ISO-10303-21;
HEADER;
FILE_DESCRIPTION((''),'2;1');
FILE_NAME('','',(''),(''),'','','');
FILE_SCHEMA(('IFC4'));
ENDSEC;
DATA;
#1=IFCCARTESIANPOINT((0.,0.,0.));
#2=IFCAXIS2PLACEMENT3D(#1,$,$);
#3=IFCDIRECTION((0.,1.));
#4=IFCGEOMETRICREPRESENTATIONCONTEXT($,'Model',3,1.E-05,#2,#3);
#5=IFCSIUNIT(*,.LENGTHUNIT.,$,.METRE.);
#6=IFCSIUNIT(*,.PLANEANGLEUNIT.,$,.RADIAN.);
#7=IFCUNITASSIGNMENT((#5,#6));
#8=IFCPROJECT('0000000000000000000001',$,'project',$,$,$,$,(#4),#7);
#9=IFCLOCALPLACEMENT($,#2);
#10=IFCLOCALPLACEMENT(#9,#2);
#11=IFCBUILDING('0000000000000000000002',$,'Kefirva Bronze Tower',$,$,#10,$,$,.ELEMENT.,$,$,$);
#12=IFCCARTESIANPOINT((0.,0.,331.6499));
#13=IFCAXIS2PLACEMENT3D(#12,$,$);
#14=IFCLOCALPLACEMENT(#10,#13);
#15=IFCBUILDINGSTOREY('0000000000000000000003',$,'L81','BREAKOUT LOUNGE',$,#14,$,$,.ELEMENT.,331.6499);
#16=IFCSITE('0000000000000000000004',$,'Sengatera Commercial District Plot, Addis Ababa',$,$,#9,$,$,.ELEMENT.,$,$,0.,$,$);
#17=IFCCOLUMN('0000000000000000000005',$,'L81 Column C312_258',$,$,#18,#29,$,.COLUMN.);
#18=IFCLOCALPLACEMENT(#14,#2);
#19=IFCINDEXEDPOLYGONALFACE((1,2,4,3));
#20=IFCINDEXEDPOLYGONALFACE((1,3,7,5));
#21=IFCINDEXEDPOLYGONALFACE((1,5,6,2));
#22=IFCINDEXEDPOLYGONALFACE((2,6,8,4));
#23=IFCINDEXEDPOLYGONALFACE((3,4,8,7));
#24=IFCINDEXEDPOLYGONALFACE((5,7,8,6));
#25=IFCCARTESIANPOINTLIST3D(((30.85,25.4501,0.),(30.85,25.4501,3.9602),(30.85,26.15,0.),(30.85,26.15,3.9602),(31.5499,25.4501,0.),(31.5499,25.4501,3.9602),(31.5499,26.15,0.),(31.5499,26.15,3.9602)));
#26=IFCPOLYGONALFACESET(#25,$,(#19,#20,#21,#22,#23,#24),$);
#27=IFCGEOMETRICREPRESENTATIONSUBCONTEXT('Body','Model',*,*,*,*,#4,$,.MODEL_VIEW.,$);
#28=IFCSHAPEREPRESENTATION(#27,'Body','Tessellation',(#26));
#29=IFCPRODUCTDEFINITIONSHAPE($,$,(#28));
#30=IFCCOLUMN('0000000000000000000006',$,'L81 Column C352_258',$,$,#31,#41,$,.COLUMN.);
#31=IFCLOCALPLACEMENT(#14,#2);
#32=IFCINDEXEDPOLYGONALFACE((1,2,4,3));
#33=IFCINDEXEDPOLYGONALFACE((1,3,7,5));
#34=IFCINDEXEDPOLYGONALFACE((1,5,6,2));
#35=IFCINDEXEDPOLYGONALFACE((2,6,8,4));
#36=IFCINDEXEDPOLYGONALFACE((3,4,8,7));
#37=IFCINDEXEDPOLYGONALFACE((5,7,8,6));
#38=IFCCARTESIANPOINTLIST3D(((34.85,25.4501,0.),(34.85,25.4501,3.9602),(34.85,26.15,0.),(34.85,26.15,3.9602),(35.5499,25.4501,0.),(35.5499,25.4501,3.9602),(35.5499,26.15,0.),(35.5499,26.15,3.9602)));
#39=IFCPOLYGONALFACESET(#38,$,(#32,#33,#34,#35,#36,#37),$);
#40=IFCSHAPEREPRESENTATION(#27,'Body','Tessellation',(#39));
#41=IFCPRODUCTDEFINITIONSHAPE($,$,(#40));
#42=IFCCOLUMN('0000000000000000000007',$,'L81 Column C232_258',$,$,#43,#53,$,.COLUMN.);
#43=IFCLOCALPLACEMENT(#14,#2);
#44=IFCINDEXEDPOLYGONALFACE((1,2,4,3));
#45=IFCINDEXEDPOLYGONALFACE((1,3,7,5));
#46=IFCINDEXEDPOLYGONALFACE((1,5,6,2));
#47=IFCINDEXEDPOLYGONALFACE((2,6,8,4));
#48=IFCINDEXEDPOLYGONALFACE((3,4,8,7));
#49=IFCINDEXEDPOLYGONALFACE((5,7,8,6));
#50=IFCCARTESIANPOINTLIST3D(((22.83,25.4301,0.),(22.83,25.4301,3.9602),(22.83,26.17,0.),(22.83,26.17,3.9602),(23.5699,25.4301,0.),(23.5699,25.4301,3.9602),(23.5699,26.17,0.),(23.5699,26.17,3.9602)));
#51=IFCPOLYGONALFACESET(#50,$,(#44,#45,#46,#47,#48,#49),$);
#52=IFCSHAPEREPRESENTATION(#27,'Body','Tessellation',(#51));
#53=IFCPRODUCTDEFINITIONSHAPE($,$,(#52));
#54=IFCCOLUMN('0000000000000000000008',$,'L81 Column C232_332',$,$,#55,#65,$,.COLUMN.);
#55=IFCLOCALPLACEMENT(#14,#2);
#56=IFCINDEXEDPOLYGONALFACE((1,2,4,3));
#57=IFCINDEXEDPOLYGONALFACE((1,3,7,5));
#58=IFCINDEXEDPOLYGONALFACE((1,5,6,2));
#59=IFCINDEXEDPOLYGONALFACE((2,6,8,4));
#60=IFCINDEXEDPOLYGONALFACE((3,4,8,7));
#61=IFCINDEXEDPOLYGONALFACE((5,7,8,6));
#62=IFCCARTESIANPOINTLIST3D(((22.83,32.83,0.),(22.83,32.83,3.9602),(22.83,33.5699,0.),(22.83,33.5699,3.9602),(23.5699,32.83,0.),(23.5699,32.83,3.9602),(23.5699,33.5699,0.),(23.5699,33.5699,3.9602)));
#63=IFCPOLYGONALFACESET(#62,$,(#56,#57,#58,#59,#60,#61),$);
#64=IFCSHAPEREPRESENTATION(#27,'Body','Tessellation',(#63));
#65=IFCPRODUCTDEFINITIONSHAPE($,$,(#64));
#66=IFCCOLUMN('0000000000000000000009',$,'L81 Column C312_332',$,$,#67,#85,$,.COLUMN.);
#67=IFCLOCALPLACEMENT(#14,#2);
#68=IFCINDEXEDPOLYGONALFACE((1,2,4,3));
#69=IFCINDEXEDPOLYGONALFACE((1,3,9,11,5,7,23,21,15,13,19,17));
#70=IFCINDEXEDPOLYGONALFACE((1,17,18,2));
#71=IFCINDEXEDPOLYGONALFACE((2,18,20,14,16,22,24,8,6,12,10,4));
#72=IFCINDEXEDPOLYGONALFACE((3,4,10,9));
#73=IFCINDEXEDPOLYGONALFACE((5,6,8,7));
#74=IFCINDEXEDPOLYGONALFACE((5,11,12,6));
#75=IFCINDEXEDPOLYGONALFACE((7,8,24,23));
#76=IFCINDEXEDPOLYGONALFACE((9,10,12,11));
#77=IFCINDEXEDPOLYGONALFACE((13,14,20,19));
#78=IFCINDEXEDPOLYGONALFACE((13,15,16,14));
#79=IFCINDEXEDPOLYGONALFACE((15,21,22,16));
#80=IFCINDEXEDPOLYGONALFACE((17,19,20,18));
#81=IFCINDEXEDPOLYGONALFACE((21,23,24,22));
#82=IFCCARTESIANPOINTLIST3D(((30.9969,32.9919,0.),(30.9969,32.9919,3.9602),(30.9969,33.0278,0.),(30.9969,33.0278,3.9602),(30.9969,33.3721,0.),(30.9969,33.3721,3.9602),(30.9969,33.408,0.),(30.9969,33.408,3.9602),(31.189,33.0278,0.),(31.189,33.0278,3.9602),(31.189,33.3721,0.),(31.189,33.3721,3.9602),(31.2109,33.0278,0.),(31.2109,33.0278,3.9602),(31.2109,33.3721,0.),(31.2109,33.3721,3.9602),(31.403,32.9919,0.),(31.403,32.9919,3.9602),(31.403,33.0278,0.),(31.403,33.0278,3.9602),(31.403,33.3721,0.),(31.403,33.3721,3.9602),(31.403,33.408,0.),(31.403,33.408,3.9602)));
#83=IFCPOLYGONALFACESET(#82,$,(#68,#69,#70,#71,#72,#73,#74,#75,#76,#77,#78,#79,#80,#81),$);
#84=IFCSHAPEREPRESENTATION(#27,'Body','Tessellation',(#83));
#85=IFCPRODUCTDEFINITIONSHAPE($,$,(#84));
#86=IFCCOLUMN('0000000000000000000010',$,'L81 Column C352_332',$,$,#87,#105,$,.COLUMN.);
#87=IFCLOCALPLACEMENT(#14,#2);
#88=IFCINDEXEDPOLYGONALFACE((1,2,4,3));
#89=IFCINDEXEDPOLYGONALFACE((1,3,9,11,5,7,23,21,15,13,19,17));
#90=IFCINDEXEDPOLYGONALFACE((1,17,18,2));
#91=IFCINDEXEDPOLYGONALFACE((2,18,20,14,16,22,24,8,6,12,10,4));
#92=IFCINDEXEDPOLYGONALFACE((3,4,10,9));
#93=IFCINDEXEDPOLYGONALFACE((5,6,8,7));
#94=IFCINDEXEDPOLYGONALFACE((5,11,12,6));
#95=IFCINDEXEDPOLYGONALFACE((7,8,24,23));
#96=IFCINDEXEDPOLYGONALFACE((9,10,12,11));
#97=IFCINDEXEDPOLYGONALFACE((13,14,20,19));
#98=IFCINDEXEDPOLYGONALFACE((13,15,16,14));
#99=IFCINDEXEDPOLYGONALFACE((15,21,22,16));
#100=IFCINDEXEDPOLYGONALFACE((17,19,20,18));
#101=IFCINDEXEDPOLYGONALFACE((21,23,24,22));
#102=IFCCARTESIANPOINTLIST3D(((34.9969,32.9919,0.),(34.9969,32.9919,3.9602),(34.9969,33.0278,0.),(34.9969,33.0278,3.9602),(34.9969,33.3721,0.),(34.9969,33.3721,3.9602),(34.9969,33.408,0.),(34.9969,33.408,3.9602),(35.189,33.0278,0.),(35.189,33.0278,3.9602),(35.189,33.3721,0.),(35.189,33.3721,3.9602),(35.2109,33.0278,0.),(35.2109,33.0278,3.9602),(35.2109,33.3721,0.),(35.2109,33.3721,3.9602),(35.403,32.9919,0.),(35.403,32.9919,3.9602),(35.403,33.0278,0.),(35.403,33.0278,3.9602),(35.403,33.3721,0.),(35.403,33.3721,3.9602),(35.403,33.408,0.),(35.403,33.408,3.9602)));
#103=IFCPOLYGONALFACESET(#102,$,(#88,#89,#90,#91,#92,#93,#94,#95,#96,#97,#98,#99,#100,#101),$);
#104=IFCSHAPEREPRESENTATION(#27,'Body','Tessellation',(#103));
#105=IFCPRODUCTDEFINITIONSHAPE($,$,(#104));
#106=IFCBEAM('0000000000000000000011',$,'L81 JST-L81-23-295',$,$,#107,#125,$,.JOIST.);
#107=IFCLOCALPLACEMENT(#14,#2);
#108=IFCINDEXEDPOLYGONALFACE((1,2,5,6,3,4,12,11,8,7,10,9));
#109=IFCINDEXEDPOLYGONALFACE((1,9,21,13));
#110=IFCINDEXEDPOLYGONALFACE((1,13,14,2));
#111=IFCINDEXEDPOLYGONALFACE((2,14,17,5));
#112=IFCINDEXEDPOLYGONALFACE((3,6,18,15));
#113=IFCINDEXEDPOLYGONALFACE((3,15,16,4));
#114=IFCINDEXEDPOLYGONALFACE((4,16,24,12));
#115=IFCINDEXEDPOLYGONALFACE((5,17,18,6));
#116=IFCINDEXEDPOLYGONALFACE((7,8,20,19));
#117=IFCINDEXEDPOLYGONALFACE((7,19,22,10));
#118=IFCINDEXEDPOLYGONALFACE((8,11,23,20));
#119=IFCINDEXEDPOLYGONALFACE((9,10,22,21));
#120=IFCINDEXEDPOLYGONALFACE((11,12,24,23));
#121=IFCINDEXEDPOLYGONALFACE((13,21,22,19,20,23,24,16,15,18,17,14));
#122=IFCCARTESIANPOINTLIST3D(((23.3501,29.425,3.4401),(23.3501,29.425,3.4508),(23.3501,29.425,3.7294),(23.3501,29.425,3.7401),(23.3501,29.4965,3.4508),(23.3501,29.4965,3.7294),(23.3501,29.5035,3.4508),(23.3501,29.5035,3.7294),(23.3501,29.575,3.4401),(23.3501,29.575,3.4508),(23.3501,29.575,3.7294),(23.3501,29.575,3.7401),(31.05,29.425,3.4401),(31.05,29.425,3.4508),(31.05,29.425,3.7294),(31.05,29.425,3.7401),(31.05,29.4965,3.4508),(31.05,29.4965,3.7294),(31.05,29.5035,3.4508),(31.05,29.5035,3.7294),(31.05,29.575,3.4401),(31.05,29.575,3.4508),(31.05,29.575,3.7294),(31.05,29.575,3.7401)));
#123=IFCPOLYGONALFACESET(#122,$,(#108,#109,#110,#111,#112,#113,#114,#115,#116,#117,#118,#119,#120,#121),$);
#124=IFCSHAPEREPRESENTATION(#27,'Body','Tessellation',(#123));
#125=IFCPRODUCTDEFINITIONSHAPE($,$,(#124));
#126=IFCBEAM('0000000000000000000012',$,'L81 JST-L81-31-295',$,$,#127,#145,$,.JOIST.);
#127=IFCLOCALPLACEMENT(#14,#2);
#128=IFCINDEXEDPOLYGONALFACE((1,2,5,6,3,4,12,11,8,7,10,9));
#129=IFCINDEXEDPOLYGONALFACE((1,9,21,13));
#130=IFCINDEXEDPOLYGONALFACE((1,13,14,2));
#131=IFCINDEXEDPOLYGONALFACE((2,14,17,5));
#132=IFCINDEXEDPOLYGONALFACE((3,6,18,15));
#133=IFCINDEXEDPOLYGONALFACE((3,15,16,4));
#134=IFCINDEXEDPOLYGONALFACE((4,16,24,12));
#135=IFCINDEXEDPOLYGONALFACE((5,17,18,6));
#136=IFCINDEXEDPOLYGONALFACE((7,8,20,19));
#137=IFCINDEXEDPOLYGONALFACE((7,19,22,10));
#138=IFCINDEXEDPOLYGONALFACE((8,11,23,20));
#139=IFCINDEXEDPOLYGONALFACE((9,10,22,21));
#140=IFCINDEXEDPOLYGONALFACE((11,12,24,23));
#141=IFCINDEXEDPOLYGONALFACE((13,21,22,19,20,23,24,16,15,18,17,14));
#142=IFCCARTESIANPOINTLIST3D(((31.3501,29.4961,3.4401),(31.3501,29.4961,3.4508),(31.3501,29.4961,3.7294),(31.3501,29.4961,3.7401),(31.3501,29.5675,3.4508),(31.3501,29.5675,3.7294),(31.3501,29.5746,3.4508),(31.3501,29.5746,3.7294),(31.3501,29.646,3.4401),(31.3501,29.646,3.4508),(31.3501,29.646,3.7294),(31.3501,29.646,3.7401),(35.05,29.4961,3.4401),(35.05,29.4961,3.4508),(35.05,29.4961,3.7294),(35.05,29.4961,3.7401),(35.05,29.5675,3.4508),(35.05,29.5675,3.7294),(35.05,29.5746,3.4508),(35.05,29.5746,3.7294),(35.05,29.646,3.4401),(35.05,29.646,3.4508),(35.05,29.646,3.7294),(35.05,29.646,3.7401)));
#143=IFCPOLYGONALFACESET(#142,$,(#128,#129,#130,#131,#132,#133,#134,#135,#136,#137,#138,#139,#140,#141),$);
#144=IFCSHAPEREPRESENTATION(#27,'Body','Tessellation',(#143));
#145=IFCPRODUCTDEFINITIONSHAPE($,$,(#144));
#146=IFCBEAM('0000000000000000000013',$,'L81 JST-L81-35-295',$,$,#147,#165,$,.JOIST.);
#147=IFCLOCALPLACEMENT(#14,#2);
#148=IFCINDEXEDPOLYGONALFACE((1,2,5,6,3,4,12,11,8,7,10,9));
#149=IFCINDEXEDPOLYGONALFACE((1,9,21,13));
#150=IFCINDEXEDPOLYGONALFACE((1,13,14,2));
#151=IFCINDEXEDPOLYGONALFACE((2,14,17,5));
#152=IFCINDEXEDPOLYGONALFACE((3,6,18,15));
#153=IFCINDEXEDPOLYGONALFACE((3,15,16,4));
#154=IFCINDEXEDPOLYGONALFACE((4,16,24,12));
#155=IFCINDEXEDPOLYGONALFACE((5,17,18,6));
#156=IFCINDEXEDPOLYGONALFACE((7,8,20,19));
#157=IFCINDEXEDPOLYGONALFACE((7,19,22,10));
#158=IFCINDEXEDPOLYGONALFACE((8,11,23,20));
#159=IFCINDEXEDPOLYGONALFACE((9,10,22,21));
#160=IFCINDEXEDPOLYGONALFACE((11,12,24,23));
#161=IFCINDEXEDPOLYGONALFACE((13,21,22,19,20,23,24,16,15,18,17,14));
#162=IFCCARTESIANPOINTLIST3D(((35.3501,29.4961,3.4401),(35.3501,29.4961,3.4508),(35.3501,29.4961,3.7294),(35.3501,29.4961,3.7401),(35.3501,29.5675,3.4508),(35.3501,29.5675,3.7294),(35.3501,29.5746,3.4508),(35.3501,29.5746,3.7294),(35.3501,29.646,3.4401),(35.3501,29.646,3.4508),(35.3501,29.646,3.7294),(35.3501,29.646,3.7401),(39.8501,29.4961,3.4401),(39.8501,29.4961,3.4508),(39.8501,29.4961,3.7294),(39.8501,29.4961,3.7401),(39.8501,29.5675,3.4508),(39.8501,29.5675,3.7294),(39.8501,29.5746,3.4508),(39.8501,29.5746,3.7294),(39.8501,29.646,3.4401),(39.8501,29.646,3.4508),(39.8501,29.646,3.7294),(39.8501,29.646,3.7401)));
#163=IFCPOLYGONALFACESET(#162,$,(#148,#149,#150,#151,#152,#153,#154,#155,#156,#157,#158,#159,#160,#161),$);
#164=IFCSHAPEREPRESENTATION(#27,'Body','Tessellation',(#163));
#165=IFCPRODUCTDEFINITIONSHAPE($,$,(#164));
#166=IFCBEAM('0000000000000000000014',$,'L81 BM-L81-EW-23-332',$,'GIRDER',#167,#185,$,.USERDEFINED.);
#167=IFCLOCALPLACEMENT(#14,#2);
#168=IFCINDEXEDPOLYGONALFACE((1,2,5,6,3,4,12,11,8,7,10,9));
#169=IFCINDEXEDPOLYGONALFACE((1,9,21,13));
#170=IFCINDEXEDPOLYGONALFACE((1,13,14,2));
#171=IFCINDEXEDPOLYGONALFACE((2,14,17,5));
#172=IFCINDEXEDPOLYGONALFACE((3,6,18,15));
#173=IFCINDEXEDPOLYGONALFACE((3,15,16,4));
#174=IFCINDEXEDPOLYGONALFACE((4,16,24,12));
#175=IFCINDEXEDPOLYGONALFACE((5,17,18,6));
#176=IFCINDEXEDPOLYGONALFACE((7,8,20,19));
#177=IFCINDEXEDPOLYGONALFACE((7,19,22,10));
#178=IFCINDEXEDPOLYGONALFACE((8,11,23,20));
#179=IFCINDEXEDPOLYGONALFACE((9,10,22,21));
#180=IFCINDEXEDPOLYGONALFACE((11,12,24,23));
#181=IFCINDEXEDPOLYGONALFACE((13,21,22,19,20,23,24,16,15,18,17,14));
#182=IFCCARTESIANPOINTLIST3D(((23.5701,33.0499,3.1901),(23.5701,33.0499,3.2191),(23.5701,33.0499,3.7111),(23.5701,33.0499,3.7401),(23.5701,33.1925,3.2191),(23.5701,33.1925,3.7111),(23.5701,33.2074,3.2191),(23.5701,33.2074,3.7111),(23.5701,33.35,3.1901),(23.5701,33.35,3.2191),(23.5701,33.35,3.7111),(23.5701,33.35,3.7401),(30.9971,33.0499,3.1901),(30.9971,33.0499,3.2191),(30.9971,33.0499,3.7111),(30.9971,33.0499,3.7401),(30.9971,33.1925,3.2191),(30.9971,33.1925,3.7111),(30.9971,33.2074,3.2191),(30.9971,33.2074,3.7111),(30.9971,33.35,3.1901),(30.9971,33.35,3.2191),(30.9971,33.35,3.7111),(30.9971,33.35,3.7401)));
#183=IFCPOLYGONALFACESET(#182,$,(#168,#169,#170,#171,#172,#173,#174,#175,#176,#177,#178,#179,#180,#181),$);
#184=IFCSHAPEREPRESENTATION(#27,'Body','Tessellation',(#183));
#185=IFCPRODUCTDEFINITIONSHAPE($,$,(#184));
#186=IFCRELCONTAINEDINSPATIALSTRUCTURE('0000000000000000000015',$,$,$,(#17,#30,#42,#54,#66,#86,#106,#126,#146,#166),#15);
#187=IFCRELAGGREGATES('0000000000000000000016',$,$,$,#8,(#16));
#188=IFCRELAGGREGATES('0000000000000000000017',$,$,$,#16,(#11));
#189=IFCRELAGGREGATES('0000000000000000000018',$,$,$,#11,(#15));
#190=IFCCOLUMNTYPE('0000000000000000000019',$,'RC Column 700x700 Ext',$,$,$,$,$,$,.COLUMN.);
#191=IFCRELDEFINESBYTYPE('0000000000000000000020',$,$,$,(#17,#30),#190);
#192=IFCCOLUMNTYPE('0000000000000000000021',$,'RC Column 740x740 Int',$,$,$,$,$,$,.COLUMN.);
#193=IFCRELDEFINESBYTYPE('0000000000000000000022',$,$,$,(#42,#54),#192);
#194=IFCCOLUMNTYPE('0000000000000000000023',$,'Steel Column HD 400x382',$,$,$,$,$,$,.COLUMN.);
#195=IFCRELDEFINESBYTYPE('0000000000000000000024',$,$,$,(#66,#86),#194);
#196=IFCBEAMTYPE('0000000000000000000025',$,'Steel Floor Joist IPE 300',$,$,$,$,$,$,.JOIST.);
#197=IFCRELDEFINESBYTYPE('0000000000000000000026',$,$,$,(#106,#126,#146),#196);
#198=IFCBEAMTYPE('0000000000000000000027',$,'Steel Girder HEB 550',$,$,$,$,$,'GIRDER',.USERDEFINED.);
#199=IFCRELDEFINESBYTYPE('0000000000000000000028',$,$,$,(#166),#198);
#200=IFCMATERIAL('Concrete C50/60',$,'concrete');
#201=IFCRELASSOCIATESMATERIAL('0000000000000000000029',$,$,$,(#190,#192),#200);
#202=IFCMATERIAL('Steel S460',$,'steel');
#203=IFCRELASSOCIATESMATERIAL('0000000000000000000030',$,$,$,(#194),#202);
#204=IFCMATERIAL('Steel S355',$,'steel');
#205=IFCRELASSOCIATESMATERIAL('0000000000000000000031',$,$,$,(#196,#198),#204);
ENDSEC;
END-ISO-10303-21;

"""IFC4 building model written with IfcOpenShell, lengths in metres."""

from ifc_helpers import new_model, si_unit, direction, frame, origin, origin_2d, place, context, subcontext, project, spatial, rectangle, i_section, extrude, material, material_profile, profile_set, type_object, element, save


model = new_model("IFC4")

# Units and contexts
model_context = context("Model", 3, precision=1e-05, world=origin(), true_north=direction((0.0, 1.0)))
body_context = subcontext(model_context, "Body", "Model", "MODEL_VIEW")
ifc_project = project(units=[si_unit("LENGTHUNIT", "METRE"), si_unit("PLANEANGLEUNIT", "RADIAN")], contexts=[model_context])

# Site, building, storey
site_placement = place(None, origin())
site = spatial("IfcSite", under=ifc_project, at=site_placement, Name="Sengatera Commercial District Plot, Addis Ababa", CompositionType="ELEMENT", RefElevation=0.0)
building_placement = place(site_placement, origin())
building = spatial("IfcBuilding", under=site, at=building_placement, Name="Kefirva Bronze Tower", CompositionType="ELEMENT")
storey_placement = place(building_placement, frame((0.0, 0.0, 331.6499)))
storey = spatial("IfcBuildingStorey", under=building, at=storey_placement, Name="L81", Description="BREAKOUT LOUNGE", CompositionType="ELEMENT", Elevation=331.6499)

# Columns
ifc_material_1 = material(Name="Concrete C50/60", Category="concrete")
ifc_material_profile_1 = material_profile(ifc_material_1, rectangle(XDim=0.7, YDim=0.7, at=origin_2d()), Name="RC 700x700")
ifc_profile_set_1 = profile_set([ifc_material_profile_1], Name="Concrete C50/60")
column_type_1 = type_object("IfcColumnType", Name="RC Column 700x700 Ext", PredefinedType="COLUMN", material=ifc_profile_set_1)
for number, where, z_axis, x_axis, name in (
    (1, (31.2, 25.8, 0.0), (0.0, 0.0, 1.0), (1.0, 0.0, 0.0), "L81 Column C312_258"),
    (2, (35.2, 25.8, 0.0), (0.0, 0.0, 1.0), (1.0, 0.0, 0.0), "L81 Column C352_258"),
):
    element("IfcColumn", number, at=place(storey_placement, frame(where, z_axis=z_axis, x_axis=x_axis)), inside=storey, type_object=column_type_1, Name=name, PredefinedType="COLUMN", context=body_context, shape_type="SweptSolid", body=[
        extrude(rectangle(XDim=0.7, YDim=0.7, at=origin_2d()), origin(), (0.0, 0.0, 1.0), 3.9602),
    ])
ifc_material_profile_2 = material_profile(ifc_material_1, rectangle(XDim=0.74, YDim=0.74, at=origin_2d()), Name="RC 740x740")
ifc_profile_set_2 = profile_set([ifc_material_profile_2], Name="Concrete C50/60")
column_type_2 = type_object("IfcColumnType", Name="RC Column 740x740 Int", PredefinedType="COLUMN", material=ifc_profile_set_2)
for number, where, z_axis, x_axis, name in (
    (3, (23.2, 25.8, 0.0), (0.0, 0.0, 1.0), (1.0, 0.0, 0.0), "L81 Column C232_258"),
    (4, (23.2, 33.2, 0.0), (0.0, 0.0, 1.0), (1.0, 0.0, 0.0), "L81 Column C232_332"),
):
    element("IfcColumn", number, at=place(storey_placement, frame(where, z_axis=z_axis, x_axis=x_axis)), inside=storey, type_object=column_type_2, Name=name, PredefinedType="COLUMN", context=body_context, shape_type="SweptSolid", body=[
        extrude(rectangle(XDim=0.74, YDim=0.74, at=origin_2d()), origin(), (0.0, 0.0, 1.0), 3.9602),
    ])
ifc_material_2 = material(Name="Steel S460", Category="steel")
ifc_material_profile_3 = material_profile(ifc_material_2, i_section(OverallWidth=0.406, OverallDepth=0.416, WebThickness=0.022, FlangeThickness=0.0359, at=origin_2d()), Name="HD 400x382")
ifc_profile_set_3 = profile_set([ifc_material_profile_3], Name="Steel S460")
column_type_3 = type_object("IfcColumnType", Name="Steel Column HD 400x382", PredefinedType="COLUMN", material=ifc_profile_set_3)
for number, where, z_axis, x_axis, name in (
    (5, (31.2, 33.2, 0.0), (0.0, 0.0, 1.0), (1.0, 0.0, 0.0), "L81 Column C312_332"),
    (6, (35.2, 33.2, 0.0), (0.0, 0.0, 1.0), (1.0, 0.0, 0.0), "L81 Column C352_332"),
):
    element("IfcColumn", number, at=place(storey_placement, frame(where, z_axis=z_axis, x_axis=x_axis)), inside=storey, type_object=column_type_3, Name=name, PredefinedType="COLUMN", context=body_context, shape_type="SweptSolid", body=[
        extrude(i_section(OverallWidth=0.406, OverallDepth=0.416, WebThickness=0.022, FlangeThickness=0.0359, at=origin_2d()), origin(), (0.0, 0.0, 1.0), 3.9602),
    ])

# Beams
ifc_material_3 = material(Name="Steel S355", Category="steel")
ifc_material_profile_4 = material_profile(ifc_material_3, i_section(OverallWidth=0.1499, OverallDepth=0.3, WebThickness=0.0071, FlangeThickness=0.0107, at=origin_2d()), Name="IPE 300")
ifc_profile_set_4 = profile_set([ifc_material_profile_4], Name="Steel S355")
beam_type_1 = type_object("IfcBeamType", Name="Steel Floor Joist IPE 300", PredefinedType="JOIST", material=ifc_profile_set_4)
beam_1_placement = place(storey_placement, frame((23.3501, 29.5, 3.5901), z_axis=(1.0, 0.0, 0.0), x_axis=(0.0, 1.0, 0.0)))
element("IfcBeam", 7, at=beam_1_placement, inside=storey, type_object=beam_type_1, Name="L81 JST-L81-23-295", PredefinedType="JOIST", context=body_context, shape_type="SweptSolid", body=[
    extrude(i_section(OverallWidth=0.1499, OverallDepth=0.3, WebThickness=0.0071, FlangeThickness=0.0107, at=origin_2d()), origin(), (0.0, 0.0, 1.0), 7.7),
])
beam_2_placement = place(storey_placement, frame((31.3501, 29.571, 3.5901), z_axis=(1.0, 0.0, 0.0), x_axis=(0.0, 1.0, 0.0)))
element("IfcBeam", 8, at=beam_2_placement, inside=storey, type_object=beam_type_1, Name="L81 JST-L81-31-295", PredefinedType="JOIST", context=body_context, shape_type="SweptSolid", body=[
    extrude(i_section(OverallWidth=0.1499, OverallDepth=0.3, WebThickness=0.0071, FlangeThickness=0.0107, at=origin_2d()), origin(), (0.0, 0.0, 1.0), 3.7),
])
beam_3_placement = place(storey_placement, frame((35.3501, 29.571, 3.5901), z_axis=(1.0, 0.0, 0.0), x_axis=(0.0, 1.0, 0.0)))
element("IfcBeam", 9, at=beam_3_placement, inside=storey, type_object=beam_type_1, Name="L81 JST-L81-35-295", PredefinedType="JOIST", context=body_context, shape_type="SweptSolid", body=[
    extrude(i_section(OverallWidth=0.1499, OverallDepth=0.3, WebThickness=0.0071, FlangeThickness=0.0107, at=origin_2d()), origin(), (0.0, 0.0, 1.0), 4.5),
])
ifc_material_profile_5 = material_profile(ifc_material_3, i_section(OverallWidth=0.3, OverallDepth=0.55, WebThickness=0.0149, FlangeThickness=0.0291, at=origin_2d()), Name="HEB 550")
ifc_profile_set_5 = profile_set([ifc_material_profile_5], Name="Steel S355")
beam_type_2 = type_object("IfcBeamType", Name="Steel Girder HEB 550", ElementType="GIRDER", PredefinedType="USERDEFINED", material=ifc_profile_set_5)
beam_4_placement = place(storey_placement, frame((23.5701, 33.2, 3.4651), z_axis=(1.0, 0.0, 0.0), x_axis=(0.0, 1.0, 0.0)))
element("IfcBeam", 10, at=beam_4_placement, inside=storey, type_object=beam_type_2, Name="L81 BM-L81-EW-23-332", ObjectType="GIRDER", PredefinedType="USERDEFINED", context=body_context, shape_type="SweptSolid", body=[
    extrude(i_section(OverallWidth=0.3, OverallDepth=0.55, WebThickness=0.0149, FlangeThickness=0.0291, at=origin_2d()), origin(), (0.0, 0.0, 1.0), 7.427),
])

save(model, "model.ifc")
